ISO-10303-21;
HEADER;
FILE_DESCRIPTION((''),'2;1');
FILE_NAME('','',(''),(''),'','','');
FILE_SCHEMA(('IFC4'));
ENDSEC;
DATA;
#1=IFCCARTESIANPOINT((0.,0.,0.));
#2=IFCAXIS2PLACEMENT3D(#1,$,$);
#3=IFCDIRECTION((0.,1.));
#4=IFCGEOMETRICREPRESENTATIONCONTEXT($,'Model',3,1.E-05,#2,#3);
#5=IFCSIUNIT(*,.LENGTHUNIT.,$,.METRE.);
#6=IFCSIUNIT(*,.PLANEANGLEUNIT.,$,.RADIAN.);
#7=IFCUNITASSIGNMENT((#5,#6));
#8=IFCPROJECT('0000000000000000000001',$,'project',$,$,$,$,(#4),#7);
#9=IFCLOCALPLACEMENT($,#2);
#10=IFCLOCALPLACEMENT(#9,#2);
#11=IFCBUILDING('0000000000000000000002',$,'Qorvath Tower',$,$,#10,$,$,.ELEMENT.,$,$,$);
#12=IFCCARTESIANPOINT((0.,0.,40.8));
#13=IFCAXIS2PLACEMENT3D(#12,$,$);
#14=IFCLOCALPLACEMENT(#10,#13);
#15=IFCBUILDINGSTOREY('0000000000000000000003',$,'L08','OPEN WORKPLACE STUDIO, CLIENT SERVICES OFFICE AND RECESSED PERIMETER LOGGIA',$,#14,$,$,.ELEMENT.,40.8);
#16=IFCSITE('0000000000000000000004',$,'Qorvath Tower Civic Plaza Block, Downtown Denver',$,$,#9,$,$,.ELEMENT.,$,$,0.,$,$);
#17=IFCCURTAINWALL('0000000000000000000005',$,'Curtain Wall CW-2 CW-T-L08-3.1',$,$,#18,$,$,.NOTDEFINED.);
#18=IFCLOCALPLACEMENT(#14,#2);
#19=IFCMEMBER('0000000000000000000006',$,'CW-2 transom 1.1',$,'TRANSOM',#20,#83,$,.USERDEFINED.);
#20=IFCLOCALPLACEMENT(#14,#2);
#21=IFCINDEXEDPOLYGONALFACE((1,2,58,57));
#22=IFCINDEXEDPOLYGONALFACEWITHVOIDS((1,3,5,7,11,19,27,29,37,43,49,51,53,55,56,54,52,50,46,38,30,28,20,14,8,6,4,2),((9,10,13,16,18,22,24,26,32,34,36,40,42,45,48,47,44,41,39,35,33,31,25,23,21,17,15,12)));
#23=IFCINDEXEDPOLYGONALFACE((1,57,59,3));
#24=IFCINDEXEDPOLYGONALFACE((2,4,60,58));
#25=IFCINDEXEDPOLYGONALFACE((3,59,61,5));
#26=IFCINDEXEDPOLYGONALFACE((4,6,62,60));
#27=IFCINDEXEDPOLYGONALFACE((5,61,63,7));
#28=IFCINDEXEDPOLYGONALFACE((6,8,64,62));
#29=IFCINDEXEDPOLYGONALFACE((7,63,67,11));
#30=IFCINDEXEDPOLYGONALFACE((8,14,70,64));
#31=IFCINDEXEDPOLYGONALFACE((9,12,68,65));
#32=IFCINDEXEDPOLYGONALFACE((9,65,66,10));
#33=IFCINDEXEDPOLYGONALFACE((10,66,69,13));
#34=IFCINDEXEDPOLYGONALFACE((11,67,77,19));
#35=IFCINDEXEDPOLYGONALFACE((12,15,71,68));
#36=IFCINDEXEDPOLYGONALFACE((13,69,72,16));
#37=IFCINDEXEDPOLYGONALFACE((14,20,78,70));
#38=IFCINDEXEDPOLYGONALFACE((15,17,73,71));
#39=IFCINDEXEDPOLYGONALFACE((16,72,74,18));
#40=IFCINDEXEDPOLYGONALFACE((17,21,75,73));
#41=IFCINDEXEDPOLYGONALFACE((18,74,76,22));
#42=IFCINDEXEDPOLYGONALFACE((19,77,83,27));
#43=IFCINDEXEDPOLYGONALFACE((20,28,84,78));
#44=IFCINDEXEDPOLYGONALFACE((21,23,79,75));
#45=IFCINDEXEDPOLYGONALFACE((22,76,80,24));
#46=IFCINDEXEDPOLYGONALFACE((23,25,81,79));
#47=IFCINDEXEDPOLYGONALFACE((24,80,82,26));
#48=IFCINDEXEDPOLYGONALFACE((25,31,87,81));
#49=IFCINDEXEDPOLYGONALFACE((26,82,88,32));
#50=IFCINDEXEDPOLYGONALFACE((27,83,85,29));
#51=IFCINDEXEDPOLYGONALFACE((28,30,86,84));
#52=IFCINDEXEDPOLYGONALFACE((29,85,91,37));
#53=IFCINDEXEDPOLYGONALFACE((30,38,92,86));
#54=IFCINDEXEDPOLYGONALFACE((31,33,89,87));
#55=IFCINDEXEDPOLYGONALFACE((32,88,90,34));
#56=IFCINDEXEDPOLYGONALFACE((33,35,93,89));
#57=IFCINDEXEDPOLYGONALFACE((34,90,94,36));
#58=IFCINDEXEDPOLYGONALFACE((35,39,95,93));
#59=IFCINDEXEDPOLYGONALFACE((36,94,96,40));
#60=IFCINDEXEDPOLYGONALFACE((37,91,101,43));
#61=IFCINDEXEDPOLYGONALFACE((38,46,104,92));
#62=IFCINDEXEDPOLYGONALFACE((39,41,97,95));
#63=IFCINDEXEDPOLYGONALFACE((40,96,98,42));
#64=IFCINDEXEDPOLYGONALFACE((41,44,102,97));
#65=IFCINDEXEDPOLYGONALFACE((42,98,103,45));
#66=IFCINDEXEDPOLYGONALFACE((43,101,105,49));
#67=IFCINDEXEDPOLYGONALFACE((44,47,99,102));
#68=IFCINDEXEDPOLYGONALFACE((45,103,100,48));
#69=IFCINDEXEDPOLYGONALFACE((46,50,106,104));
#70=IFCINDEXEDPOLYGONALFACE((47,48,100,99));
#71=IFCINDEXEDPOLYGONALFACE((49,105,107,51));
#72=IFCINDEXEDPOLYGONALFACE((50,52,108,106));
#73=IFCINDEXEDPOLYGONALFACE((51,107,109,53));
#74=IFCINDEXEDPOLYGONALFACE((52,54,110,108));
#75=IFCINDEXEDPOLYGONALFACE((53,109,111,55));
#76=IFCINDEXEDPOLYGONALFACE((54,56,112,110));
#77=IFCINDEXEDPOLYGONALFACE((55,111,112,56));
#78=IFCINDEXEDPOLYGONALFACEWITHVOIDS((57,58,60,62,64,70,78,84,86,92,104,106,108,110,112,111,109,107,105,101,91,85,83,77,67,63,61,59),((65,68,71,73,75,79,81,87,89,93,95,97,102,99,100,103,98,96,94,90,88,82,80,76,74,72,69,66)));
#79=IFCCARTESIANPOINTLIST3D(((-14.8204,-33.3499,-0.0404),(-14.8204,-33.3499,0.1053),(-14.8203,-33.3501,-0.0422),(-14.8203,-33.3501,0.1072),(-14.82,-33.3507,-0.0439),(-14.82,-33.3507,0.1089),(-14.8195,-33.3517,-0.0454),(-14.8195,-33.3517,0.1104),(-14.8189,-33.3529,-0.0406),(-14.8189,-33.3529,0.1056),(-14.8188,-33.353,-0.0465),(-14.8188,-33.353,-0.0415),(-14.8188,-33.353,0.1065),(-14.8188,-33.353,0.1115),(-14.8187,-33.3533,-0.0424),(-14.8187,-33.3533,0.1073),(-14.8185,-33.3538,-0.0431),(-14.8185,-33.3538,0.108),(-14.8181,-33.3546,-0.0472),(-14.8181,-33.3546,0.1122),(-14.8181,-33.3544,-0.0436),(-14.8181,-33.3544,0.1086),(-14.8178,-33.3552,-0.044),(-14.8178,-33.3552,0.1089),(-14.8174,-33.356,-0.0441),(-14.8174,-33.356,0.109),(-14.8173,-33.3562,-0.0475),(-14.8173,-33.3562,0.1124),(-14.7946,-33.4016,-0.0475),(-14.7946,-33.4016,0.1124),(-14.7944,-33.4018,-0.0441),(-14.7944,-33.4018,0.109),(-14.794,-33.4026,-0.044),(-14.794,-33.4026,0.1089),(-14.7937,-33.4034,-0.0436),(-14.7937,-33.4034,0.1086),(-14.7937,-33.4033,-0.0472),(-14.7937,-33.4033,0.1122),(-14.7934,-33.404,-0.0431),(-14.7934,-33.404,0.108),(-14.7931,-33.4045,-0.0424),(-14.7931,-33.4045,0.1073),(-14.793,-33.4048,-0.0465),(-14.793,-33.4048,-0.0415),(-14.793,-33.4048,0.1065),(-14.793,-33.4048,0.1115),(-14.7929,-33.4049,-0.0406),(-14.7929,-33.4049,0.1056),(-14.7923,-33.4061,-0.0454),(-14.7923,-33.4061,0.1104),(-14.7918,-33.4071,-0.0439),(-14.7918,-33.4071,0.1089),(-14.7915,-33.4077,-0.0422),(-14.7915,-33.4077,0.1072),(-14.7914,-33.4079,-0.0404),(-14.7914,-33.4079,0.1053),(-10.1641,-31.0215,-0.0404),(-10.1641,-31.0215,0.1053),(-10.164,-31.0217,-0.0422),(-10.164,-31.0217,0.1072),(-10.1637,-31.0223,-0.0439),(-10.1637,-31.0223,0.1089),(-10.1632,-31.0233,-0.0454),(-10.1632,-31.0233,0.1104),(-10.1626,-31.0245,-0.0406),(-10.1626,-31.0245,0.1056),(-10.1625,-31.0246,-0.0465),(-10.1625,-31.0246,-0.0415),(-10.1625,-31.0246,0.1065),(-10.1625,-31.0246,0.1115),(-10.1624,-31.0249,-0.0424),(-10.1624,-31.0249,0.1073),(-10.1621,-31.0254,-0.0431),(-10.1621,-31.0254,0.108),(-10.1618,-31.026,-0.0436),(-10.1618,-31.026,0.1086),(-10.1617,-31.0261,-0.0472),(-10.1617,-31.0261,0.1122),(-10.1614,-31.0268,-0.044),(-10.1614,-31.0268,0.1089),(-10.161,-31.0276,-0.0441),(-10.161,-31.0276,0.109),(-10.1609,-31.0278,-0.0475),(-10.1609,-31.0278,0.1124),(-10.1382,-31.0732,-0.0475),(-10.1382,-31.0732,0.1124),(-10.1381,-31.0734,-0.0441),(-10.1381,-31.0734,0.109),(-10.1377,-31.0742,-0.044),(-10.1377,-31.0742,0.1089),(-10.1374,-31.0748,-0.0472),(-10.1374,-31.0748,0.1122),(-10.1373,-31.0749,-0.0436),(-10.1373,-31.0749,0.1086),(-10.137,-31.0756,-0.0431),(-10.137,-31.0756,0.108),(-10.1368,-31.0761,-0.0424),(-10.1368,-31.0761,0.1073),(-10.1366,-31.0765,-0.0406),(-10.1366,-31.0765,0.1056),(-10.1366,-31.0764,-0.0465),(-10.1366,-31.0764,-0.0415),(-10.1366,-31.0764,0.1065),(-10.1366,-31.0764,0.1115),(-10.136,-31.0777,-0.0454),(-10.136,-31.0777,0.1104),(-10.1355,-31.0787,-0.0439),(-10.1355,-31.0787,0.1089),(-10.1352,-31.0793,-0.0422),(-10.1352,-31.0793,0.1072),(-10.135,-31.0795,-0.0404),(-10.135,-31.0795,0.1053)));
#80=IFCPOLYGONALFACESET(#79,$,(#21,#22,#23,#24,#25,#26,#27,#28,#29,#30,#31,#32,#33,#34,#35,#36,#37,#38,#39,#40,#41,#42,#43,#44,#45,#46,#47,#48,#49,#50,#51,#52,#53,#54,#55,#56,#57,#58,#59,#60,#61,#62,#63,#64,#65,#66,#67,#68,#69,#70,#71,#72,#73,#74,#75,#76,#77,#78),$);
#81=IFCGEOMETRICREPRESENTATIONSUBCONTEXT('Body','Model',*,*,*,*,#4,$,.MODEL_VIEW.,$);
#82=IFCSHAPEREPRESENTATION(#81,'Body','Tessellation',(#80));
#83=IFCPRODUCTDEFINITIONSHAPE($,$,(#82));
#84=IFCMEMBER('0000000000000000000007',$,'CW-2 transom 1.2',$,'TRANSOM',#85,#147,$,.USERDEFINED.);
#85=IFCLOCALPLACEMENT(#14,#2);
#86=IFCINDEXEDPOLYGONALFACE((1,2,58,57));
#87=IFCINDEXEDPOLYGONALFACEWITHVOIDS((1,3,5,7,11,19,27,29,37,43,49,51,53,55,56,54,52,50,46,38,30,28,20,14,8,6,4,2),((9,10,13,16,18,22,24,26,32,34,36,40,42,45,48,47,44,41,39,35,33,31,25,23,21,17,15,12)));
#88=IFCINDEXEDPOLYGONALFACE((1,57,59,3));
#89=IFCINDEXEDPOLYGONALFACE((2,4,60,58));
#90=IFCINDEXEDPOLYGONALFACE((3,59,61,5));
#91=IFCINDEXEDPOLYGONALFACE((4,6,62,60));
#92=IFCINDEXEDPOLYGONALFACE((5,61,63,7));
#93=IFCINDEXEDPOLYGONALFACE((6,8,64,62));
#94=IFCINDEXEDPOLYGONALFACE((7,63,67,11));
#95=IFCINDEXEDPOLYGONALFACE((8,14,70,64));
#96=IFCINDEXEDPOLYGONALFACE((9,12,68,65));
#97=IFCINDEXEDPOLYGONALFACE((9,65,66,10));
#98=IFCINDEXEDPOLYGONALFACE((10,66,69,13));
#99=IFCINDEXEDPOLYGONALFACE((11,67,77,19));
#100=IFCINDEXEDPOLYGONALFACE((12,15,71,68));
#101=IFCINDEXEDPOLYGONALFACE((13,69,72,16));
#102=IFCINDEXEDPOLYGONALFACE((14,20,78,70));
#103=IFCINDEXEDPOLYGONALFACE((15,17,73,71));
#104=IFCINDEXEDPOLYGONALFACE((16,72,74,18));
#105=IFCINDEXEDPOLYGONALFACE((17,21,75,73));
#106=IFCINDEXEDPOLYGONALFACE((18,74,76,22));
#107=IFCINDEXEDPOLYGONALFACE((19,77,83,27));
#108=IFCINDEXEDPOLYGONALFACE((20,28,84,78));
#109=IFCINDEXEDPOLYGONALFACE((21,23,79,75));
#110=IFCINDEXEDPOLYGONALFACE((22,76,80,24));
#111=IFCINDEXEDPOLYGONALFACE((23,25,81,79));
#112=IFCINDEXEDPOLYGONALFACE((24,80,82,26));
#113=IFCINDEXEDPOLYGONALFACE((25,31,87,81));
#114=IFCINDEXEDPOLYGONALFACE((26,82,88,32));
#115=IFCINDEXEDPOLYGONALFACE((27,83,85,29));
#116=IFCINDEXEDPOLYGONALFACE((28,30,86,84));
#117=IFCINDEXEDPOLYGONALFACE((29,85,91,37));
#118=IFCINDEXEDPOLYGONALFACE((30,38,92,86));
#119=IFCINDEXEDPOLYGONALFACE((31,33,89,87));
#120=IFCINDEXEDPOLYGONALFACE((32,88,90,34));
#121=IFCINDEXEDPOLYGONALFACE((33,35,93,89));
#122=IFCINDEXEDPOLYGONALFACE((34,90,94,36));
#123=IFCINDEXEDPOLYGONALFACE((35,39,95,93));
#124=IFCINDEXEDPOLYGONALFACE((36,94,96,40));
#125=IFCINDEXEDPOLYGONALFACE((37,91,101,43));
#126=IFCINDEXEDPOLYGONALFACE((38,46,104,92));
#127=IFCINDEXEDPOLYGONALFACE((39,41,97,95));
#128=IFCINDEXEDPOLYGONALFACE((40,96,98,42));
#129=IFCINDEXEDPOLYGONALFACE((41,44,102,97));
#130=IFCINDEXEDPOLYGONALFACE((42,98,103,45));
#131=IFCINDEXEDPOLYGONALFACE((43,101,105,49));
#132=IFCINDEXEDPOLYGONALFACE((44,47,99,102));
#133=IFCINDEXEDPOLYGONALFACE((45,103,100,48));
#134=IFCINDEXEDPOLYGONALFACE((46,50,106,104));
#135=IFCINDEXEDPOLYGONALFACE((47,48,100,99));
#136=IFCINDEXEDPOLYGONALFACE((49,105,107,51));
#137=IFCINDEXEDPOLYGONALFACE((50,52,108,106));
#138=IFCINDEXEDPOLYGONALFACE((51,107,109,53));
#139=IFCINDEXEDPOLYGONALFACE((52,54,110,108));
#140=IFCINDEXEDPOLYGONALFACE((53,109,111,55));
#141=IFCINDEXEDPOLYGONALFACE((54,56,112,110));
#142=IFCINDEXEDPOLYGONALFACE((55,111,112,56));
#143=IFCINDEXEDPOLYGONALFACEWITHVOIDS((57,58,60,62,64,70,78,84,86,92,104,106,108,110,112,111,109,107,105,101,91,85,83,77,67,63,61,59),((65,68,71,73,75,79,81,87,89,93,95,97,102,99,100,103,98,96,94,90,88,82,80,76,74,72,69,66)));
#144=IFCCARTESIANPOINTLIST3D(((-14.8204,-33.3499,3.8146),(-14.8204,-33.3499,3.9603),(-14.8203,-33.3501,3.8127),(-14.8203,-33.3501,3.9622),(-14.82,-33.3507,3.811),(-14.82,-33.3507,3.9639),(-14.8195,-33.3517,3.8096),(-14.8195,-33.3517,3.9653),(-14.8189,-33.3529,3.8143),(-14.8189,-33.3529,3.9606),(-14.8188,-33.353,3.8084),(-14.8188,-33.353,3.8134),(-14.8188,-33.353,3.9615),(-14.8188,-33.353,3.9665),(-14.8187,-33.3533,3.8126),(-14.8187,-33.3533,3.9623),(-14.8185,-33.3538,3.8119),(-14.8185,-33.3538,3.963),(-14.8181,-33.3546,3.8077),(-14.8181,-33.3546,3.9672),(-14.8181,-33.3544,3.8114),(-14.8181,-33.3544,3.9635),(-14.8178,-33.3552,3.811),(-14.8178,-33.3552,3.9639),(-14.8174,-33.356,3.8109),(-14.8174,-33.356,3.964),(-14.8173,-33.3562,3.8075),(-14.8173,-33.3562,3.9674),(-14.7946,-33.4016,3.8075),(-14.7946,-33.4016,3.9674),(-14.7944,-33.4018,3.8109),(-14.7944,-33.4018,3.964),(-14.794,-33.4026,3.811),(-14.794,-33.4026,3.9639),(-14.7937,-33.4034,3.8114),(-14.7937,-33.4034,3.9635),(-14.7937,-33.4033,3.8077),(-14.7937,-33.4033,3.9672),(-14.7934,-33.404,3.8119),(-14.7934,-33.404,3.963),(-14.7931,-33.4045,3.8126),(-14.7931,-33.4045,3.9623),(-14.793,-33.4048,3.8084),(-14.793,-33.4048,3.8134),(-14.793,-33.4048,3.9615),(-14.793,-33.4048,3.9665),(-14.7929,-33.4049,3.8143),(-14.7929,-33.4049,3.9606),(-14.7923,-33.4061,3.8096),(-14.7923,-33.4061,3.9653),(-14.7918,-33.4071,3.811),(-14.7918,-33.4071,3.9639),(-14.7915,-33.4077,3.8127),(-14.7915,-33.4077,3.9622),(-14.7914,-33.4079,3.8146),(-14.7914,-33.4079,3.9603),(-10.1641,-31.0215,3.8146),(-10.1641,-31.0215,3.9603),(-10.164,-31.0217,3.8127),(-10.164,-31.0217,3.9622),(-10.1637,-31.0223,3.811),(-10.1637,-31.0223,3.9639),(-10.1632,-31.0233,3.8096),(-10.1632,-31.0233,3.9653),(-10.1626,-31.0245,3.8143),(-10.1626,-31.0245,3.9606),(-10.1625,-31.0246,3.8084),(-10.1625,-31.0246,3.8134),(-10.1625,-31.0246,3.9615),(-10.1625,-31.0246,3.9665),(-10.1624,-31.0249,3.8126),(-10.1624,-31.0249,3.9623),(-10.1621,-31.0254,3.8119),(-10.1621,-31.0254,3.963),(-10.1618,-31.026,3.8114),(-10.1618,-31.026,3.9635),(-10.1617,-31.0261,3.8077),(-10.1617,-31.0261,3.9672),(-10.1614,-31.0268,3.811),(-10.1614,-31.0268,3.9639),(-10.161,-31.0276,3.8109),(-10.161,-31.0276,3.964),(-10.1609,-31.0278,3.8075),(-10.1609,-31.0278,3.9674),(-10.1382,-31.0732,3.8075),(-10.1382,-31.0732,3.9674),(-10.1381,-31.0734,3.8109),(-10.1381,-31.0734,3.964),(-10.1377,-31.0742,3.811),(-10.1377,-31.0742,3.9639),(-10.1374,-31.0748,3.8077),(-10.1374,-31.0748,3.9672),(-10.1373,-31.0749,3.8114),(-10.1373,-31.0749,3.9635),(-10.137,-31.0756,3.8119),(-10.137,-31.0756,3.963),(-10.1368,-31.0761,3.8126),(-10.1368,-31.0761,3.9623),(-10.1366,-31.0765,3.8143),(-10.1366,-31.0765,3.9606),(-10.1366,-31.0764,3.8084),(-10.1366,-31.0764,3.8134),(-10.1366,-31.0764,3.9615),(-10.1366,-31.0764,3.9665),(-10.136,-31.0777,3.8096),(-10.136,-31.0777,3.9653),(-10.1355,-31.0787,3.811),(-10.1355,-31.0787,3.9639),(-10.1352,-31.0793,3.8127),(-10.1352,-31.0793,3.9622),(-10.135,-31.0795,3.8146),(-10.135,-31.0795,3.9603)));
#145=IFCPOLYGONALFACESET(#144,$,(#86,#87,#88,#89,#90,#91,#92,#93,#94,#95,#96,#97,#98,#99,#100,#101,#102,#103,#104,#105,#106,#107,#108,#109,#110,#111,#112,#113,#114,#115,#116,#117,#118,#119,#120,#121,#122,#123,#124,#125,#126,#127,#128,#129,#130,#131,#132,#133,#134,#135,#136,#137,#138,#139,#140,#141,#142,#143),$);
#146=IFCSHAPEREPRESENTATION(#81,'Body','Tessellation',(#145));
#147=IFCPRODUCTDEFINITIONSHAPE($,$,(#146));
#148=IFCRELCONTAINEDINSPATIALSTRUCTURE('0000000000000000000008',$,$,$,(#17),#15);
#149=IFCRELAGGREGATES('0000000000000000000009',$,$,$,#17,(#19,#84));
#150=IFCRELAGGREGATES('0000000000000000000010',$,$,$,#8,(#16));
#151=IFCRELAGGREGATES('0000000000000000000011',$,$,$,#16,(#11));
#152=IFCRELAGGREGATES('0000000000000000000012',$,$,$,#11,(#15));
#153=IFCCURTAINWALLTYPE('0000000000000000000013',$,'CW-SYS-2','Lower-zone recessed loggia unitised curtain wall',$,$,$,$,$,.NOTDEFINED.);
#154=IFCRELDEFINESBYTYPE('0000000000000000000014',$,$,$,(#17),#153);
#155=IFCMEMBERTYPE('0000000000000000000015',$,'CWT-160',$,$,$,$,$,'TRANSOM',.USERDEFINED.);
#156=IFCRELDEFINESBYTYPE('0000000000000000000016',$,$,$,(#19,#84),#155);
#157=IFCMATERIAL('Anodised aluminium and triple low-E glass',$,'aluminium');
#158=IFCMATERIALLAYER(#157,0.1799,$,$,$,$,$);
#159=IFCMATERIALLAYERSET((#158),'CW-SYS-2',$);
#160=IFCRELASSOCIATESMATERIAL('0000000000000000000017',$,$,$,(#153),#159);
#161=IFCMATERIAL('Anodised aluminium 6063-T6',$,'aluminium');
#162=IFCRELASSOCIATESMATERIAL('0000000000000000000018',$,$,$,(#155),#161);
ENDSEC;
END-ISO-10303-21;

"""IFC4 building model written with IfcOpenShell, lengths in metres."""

from ifc_helpers import new_model, si_unit, direction, frame, origin, origin_2d, place, context, subcontext, project, spatial, hollow_rectangle, extrude, material, layer, layer_set, material_profile, profile_set, type_object, element, aggregate, save


model = new_model("IFC4")

# Units and contexts
model_context = context("Model", 3, precision=1e-05, world=origin(), true_north=direction((0.0, 1.0)))
body_context = subcontext(model_context, "Body", "Model", "MODEL_VIEW")
ifc_project = project(units=[si_unit("LENGTHUNIT", "METRE"), si_unit("PLANEANGLEUNIT", "RADIAN")], contexts=[model_context])

# Site, building, storey
site_placement = place(None, origin())
site = spatial("IfcSite", under=ifc_project, at=site_placement, Name="Qorvath Tower Civic Plaza Block, Downtown Denver", CompositionType="ELEMENT", RefElevation=0.0)
building_placement = place(site_placement, origin())
building = spatial("IfcBuilding", under=site, at=building_placement, Name="Qorvath Tower", CompositionType="ELEMENT")
storey_placement = place(building_placement, frame((0.0, 0.0, 40.8)))
storey = spatial("IfcBuildingStorey", under=building, at=storey_placement, Name="L08", Description="OPEN WORKPLACE STUDIO, CLIENT SERVICES OFFICE AND RECESSED PERIMETER LOGGIA", CompositionType="ELEMENT", Elevation=40.8)

# Curtain wall
ifc_material_1 = material(Name="Anodised aluminium and triple low-E glass", Category="aluminium")
ifc_layer_1 = layer(ifc_material_1, 0.1799)
ifc_layer_set_1 = layer_set([ifc_layer_1], Name="CW-SYS-2")
curtain_wall_type = type_object("IfcCurtainWallType", Name="CW-SYS-2", Description="Lower-zone recessed loggia unitised curtain wall", PredefinedType="NOTDEFINED", material=ifc_layer_set_1)
curtain_wall_1_placement = place(storey_placement, origin())
curtain_wall_1 = element("IfcCurtainWall", 1, at=curtain_wall_1_placement, inside=storey, type_object=curtain_wall_type, Name="Curtain Wall CW-2 CW-T-L08-3.1", PredefinedType="NOTDEFINED")

# Members
ifc_material_2 = material(Name="Anodised aluminium 6063-T6", Category="aluminium")
ifc_material_profile_1 = material_profile(ifc_material_2, hollow_rectangle(XDim=0.0649, YDim=0.1599, WallThickness=0.0034, InnerFilletRadius=0.0034, OuterFilletRadius=0.0071, at=origin_2d()), Name="CWT 160x65")
ifc_profile_set_1 = profile_set([ifc_material_profile_1], Name="Anodised aluminium 6063-T6")
member_type_1 = type_object("IfcMemberType", Name="CWT-160", ElementType="TRANSOM", PredefinedType="USERDEFINED", material=ifc_profile_set_1)
member_1_placement = place(storey_placement, frame((-14.8059, -33.3789, 0.0325), z_axis=(0.894408, 0.447251, 0.0), x_axis=(-0.447251, 0.894408, 0.0)))
member_1 = element("IfcMember", 2, at=member_1_placement, type_object=member_type_1, Name="CW-2 transom 1.1", ObjectType="TRANSOM", PredefinedType="USERDEFINED", context=body_context, shape_type="SweptSolid", body=[
    extrude(hollow_rectangle(XDim=0.0649, YDim=0.1599, WallThickness=0.0034, InnerFilletRadius=0.0034, OuterFilletRadius=0.0071, at=origin_2d()), origin(), (0.0, 0.0, 1.0), 5.2061),
])
member_2_placement = place(storey_placement, frame((-14.8059, -33.3789, 3.8875), z_axis=(0.894408, 0.447251, 0.0), x_axis=(-0.447251, 0.894408, 0.0)))
member_2 = element("IfcMember", 3, at=member_2_placement, type_object=member_type_1, Name="CW-2 transom 1.2", ObjectType="TRANSOM", PredefinedType="USERDEFINED", context=body_context, shape_type="SweptSolid", body=[
    extrude(hollow_rectangle(XDim=0.0649, YDim=0.1599, WallThickness=0.0034, InnerFilletRadius=0.0034, OuterFilletRadius=0.0071, at=origin_2d()), origin(), (0.0, 0.0, 1.0), 5.2061),
])

aggregate(curtain_wall_1, [member_1, member_2])

save(model, "model.ifc")
